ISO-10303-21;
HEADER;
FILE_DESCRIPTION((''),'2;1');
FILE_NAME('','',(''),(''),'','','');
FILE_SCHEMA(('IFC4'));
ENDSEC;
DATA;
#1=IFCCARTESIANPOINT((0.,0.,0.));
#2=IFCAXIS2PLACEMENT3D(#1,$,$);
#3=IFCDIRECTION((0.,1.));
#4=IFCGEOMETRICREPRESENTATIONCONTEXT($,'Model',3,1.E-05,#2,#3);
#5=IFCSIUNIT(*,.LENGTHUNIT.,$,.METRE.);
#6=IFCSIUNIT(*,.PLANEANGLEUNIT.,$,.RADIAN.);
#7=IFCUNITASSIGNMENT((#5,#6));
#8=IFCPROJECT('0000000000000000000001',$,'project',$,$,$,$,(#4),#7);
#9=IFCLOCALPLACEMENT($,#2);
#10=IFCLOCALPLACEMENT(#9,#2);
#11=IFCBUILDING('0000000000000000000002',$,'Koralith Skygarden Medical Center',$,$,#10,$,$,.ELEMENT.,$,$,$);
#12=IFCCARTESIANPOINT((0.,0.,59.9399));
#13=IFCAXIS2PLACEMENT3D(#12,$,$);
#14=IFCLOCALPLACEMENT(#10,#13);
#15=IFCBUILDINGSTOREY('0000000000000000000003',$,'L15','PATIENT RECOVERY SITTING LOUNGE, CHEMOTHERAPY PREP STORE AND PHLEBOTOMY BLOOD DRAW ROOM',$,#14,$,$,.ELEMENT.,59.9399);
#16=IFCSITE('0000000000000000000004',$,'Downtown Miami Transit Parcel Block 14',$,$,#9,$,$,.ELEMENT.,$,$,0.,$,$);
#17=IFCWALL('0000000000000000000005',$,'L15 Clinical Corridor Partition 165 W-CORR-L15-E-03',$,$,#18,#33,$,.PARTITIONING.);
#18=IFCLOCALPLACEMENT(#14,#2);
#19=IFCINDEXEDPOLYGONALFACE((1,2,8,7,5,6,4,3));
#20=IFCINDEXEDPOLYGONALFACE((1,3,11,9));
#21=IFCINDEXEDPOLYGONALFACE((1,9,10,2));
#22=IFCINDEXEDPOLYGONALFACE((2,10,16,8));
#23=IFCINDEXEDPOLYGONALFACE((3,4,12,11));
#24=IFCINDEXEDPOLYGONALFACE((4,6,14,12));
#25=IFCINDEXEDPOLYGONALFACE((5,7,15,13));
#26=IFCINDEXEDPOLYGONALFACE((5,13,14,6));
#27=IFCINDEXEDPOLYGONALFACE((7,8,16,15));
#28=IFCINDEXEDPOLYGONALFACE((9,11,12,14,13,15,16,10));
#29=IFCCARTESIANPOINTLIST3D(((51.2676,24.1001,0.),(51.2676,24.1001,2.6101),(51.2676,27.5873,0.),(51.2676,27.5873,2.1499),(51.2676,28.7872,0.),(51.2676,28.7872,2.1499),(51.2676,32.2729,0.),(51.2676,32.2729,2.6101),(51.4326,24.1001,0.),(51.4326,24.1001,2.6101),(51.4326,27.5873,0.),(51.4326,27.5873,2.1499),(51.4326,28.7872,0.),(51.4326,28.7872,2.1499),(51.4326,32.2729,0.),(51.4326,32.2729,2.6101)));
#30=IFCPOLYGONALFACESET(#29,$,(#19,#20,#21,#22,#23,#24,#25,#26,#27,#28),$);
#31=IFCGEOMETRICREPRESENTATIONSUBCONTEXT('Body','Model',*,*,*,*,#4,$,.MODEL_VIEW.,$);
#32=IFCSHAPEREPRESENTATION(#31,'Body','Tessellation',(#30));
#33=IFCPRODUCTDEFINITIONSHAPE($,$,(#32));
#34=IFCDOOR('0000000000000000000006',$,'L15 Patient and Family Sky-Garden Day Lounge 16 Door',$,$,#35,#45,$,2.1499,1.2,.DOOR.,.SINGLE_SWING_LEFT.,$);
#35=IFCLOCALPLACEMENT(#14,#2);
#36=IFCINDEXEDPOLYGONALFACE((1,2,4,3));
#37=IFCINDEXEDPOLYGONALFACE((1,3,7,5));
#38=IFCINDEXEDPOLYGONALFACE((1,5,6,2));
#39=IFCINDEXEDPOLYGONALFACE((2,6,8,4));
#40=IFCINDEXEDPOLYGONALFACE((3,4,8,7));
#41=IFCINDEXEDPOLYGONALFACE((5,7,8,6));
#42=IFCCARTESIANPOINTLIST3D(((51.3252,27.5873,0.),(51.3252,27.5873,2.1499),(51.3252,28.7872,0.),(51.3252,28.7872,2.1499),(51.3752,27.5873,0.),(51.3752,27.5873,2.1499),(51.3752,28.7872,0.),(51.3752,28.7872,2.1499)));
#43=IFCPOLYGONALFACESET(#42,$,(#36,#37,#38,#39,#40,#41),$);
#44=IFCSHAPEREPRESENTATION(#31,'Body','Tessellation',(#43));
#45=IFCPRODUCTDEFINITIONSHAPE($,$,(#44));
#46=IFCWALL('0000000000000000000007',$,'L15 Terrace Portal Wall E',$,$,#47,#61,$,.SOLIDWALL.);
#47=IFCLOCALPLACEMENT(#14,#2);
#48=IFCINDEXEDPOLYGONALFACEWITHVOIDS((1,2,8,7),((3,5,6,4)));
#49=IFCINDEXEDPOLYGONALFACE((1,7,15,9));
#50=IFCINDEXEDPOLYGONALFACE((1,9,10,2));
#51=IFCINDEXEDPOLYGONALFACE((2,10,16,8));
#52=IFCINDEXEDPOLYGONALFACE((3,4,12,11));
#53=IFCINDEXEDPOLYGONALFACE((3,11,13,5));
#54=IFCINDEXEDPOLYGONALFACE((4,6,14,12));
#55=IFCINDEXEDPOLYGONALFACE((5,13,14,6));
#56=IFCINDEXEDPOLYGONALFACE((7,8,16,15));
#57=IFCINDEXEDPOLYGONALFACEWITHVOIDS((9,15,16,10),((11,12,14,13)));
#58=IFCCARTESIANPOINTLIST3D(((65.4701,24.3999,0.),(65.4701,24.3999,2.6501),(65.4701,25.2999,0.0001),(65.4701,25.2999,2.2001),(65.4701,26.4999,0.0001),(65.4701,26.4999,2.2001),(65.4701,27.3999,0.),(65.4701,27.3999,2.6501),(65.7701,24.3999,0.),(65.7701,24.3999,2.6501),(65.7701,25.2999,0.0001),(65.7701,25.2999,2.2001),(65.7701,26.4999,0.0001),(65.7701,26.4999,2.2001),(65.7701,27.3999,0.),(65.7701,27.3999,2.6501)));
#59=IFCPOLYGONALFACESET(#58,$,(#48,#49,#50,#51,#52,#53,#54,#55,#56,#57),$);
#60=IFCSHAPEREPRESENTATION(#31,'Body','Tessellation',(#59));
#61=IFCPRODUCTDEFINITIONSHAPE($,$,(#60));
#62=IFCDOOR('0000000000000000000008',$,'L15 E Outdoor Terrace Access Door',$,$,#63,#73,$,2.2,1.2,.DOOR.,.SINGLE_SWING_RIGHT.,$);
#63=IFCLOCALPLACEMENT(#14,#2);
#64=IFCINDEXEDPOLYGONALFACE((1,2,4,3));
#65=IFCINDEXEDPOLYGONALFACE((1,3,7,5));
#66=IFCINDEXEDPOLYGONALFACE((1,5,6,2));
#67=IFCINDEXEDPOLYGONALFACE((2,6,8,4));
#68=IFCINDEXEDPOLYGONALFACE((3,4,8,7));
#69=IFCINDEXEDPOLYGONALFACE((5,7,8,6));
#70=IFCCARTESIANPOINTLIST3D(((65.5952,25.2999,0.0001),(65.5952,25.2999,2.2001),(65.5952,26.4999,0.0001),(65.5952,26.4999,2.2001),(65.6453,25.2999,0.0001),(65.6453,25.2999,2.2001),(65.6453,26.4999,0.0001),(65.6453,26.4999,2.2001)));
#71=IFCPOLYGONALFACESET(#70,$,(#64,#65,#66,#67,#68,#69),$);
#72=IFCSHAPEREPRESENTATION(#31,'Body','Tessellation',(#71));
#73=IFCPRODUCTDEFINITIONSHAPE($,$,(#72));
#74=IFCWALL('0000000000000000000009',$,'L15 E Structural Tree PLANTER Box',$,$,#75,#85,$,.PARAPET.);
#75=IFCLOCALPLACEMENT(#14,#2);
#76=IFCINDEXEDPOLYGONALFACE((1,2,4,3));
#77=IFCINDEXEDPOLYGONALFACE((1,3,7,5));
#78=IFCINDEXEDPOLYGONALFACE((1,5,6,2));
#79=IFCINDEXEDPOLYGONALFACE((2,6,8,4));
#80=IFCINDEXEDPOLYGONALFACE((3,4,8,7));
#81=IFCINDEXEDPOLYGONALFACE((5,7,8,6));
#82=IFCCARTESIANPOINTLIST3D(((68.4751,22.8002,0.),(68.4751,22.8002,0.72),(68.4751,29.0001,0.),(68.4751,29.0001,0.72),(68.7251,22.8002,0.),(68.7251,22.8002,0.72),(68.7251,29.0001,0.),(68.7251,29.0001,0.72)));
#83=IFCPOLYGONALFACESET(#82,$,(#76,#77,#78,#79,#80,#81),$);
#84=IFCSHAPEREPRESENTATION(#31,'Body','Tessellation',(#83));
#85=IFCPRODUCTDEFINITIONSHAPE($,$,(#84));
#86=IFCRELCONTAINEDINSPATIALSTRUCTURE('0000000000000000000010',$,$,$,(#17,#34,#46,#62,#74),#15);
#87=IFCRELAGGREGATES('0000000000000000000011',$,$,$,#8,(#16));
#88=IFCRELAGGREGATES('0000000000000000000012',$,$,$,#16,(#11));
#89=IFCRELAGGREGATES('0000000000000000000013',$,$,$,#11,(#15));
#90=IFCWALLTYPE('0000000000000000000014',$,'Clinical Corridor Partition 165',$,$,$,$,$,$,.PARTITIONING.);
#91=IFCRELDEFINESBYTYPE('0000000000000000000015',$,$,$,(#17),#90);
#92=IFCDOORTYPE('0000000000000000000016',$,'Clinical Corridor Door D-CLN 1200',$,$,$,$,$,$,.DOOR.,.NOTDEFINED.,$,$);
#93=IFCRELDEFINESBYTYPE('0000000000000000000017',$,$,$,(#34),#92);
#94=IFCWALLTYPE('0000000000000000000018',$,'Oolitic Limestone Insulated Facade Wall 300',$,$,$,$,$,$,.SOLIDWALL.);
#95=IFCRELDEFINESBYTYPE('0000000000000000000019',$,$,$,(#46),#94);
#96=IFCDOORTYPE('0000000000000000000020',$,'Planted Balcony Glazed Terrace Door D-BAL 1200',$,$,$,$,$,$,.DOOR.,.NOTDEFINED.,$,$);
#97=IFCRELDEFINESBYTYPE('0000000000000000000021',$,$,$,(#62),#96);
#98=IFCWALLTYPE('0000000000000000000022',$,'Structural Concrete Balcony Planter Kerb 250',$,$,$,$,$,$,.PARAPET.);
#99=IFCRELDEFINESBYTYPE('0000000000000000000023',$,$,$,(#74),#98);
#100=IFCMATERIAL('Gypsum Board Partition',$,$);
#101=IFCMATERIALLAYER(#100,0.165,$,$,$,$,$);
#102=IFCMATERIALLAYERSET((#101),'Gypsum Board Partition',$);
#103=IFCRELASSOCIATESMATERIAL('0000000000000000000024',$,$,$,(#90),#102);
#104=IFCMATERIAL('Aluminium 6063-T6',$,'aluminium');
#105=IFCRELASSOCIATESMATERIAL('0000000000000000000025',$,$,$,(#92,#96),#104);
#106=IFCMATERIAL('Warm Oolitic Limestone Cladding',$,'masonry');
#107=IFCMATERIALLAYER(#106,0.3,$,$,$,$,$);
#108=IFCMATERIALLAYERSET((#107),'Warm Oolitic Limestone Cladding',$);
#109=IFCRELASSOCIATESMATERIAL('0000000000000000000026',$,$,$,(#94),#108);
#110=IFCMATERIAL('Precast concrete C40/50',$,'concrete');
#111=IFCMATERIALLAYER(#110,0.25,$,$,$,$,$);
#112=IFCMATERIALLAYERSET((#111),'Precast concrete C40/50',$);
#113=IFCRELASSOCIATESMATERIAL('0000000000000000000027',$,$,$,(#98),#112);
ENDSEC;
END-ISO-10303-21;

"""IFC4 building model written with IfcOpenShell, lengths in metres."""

from ifc_helpers import new_model, si_unit, direction, frame, frame_2d, origin, place, context, subcontext, project, spatial, rectangle, extrude, material, layer, layer_set, type_object, element, fill, save


model = new_model("IFC4")

# Units and contexts
model_context = context("Model", 3, precision=1e-05, world=origin(), true_north=direction((0.0, 1.0)))
body_context = subcontext(model_context, "Body", "Model", "MODEL_VIEW")
ifc_project = project(units=[si_unit("LENGTHUNIT", "METRE"), si_unit("PLANEANGLEUNIT", "RADIAN")], contexts=[model_context])

# Site, building, storey
site_placement = place(None, origin())
site = spatial("IfcSite", under=ifc_project, at=site_placement, Name="Downtown Miami Transit Parcel Block 14", CompositionType="ELEMENT", RefElevation=0.0)
building_placement = place(site_placement, origin())
building = spatial("IfcBuilding", under=site, at=building_placement, Name="Koralith Skygarden Medical Center", CompositionType="ELEMENT")
storey_placement = place(building_placement, frame((0.0, 0.0, 59.9399)))
storey = spatial("IfcBuildingStorey", under=building, at=storey_placement, Name="L15", Description="PATIENT RECOVERY SITTING LOUNGE, CHEMOTHERAPY PREP STORE AND PHLEBOTOMY BLOOD DRAW ROOM", CompositionType="ELEMENT", Elevation=59.9399)

# Shared definitions
ifc_material_1 = material(Name="Aluminium 6063-T6", Category="aluminium")

# Shared definitions
ifc_material_2 = material(Name="Gypsum Board Partition")

# Walls, openings, doors
ifc_layer_1 = layer(ifc_material_2, 0.165)
ifc_layer_set_1 = layer_set([ifc_layer_1], Name="Gypsum Board Partition")
wall_type_1 = type_object("IfcWallType", Name="Clinical Corridor Partition 165", PredefinedType="PARTITIONING", material=ifc_layer_set_1)
door_type_1 = type_object("IfcDoorType", Name="Clinical Corridor Door D-CLN 1200", OperationType="NOTDEFINED", PredefinedType="DOOR", material=ifc_material_1)
wall_1_placement = place(storey_placement, frame((51.3501, 24.1001, 0.0), z_axis=(0.0, 0.0, 1.0), x_axis=(0.0, 1.0, 0.0)))
wall_1 = element("IfcWall", 1, at=wall_1_placement, inside=storey, type_object=wall_type_1, Name="L15 Clinical Corridor Partition 165 W-CORR-L15-E-03", PredefinedType="PARTITIONING", context=body_context, shape_type="SweptSolid", body=[
    extrude(rectangle(XDim=8.1729, YDim=0.165, at=frame_2d((4.0864, 0.0))), origin(), (0.0, 0.0, 1.0), 2.6101),
])
opening_1_placement = place(wall_1_placement, frame((3.4871, 0.0, 0.0)))
opening_1 = element("IfcOpeningElement", 2, at=opening_1_placement, cuts=wall_1, PredefinedType="OPENING", context=body_context, shape_type="SweptSolid", body=[
    extrude(rectangle(XDim=1.2, YDim=2.1499, at=frame_2d((0.6001, 1.075))), frame((0.0, 0.0925, 0.0), z_axis=(0.0, -1.0, 0.0), x_axis=(1.0, 0.0, 0.0)), (0.0, 0.0, 1.0), 0.1851),
])
door_1_placement = place(opening_1_placement, origin())
door_1 = element("IfcDoor", 3, at=door_1_placement, inside=storey, type_object=door_type_1, Name="L15 Patient and Family Sky-Garden Day Lounge 16 Door", OperationType="SINGLE_SWING_LEFT", OverallHeight=2.1499, OverallWidth=1.2, PredefinedType="DOOR", context=body_context, shape_type="SweptSolid", body=[
    extrude(rectangle(XDim=1.2, YDim=2.1499, at=frame_2d((0.6001, 1.075))), frame((0.0, 0.0249, 0.0), z_axis=(0.0, -1.0, 0.0), x_axis=(1.0, 0.0, 0.0)), (0.0, 0.0, 1.0), 0.05),
])
fill(opening_1, door_1)
ifc_material_3 = material(Name="Warm Oolitic Limestone Cladding", Category="masonry")
ifc_layer_2 = layer(ifc_material_3, 0.3)
ifc_layer_set_2 = layer_set([ifc_layer_2], Name="Warm Oolitic Limestone Cladding")
wall_type_2 = type_object("IfcWallType", Name="Oolitic Limestone Insulated Facade Wall 300", PredefinedType="SOLIDWALL", material=ifc_layer_set_2)
wall_2_placement = place(storey_placement, frame((65.6201, 24.3999, 0.0), z_axis=(0.0, 0.0, 1.0), x_axis=(0.0, 1.0, 0.0)))
wall_2 = element("IfcWall", 4, at=wall_2_placement, inside=storey, type_object=wall_type_2, Name="L15 Terrace Portal Wall E", PredefinedType="SOLIDWALL", context=body_context, shape_type="SweptSolid", body=[
    extrude(rectangle(XDim=3.0, YDim=0.3, at=frame_2d((1.5, 0.0))), origin(), (0.0, 0.0, 1.0), 2.6501),
])
opening_2_placement = place(wall_2_placement, frame((0.8999, 0.0, 0.0)))
opening_2 = element("IfcOpeningElement", 5, at=opening_2_placement, cuts=wall_2, PredefinedType="OPENING", context=body_context, shape_type="SweptSolid", body=[
    extrude(rectangle(XDim=1.2, YDim=2.2, at=frame_2d((0.6001, 1.1001))), frame((0.0, 0.1599, 0.0), z_axis=(0.0, -1.0, 0.0), x_axis=(1.0, 0.0, 0.0)), (0.0, 0.0, 1.0), 0.3201),
])
door_type_2 = type_object("IfcDoorType", Name="Planted Balcony Glazed Terrace Door D-BAL 1200", OperationType="NOTDEFINED", PredefinedType="DOOR", material=ifc_material_1)
door_2_placement = place(opening_2_placement, origin())
door_2 = element("IfcDoor", 6, at=door_2_placement, inside=storey, type_object=door_type_2, Name="L15 E Outdoor Terrace Access Door", OperationType="SINGLE_SWING_RIGHT", OverallHeight=2.2, OverallWidth=1.2, PredefinedType="DOOR", context=body_context, shape_type="SweptSolid", body=[
    extrude(rectangle(XDim=1.2, YDim=2.2, at=frame_2d((0.6001, 1.1001))), frame((0.0, 0.0249, 0.0), z_axis=(0.0, -1.0, 0.0), x_axis=(1.0, 0.0, 0.0)), (0.0, 0.0, 1.0), 0.05),
])
fill(opening_2, door_2)

# Wall
ifc_material_4 = material(Name="Precast concrete C40/50", Category="concrete")
ifc_layer_3 = layer(ifc_material_4, 0.25)
ifc_layer_set_3 = layer_set([ifc_layer_3], Name="Precast concrete C40/50")
wall_type_3 = type_object("IfcWallType", Name="Structural Concrete Balcony Planter Kerb 250", PredefinedType="PARAPET", material=ifc_layer_set_3)
wall_3_placement = place(storey_placement, frame((68.6001, 22.8, 0.0), z_axis=(0.0, 0.0, 1.0), x_axis=(0.0, 1.0, 0.0)))
element("IfcWall", 7, at=wall_3_placement, inside=storey, type_object=wall_type_3, Name="L15 E Structural Tree PLANTER Box", PredefinedType="PARAPET", context=body_context, shape_type="SweptSolid", body=[
    extrude(rectangle(XDim=6.2, YDim=0.25, at=frame_2d((3.1001, 0.0))), origin(), (0.0, 0.0, 1.0), 0.72),
])

save(model, "model.ifc")
